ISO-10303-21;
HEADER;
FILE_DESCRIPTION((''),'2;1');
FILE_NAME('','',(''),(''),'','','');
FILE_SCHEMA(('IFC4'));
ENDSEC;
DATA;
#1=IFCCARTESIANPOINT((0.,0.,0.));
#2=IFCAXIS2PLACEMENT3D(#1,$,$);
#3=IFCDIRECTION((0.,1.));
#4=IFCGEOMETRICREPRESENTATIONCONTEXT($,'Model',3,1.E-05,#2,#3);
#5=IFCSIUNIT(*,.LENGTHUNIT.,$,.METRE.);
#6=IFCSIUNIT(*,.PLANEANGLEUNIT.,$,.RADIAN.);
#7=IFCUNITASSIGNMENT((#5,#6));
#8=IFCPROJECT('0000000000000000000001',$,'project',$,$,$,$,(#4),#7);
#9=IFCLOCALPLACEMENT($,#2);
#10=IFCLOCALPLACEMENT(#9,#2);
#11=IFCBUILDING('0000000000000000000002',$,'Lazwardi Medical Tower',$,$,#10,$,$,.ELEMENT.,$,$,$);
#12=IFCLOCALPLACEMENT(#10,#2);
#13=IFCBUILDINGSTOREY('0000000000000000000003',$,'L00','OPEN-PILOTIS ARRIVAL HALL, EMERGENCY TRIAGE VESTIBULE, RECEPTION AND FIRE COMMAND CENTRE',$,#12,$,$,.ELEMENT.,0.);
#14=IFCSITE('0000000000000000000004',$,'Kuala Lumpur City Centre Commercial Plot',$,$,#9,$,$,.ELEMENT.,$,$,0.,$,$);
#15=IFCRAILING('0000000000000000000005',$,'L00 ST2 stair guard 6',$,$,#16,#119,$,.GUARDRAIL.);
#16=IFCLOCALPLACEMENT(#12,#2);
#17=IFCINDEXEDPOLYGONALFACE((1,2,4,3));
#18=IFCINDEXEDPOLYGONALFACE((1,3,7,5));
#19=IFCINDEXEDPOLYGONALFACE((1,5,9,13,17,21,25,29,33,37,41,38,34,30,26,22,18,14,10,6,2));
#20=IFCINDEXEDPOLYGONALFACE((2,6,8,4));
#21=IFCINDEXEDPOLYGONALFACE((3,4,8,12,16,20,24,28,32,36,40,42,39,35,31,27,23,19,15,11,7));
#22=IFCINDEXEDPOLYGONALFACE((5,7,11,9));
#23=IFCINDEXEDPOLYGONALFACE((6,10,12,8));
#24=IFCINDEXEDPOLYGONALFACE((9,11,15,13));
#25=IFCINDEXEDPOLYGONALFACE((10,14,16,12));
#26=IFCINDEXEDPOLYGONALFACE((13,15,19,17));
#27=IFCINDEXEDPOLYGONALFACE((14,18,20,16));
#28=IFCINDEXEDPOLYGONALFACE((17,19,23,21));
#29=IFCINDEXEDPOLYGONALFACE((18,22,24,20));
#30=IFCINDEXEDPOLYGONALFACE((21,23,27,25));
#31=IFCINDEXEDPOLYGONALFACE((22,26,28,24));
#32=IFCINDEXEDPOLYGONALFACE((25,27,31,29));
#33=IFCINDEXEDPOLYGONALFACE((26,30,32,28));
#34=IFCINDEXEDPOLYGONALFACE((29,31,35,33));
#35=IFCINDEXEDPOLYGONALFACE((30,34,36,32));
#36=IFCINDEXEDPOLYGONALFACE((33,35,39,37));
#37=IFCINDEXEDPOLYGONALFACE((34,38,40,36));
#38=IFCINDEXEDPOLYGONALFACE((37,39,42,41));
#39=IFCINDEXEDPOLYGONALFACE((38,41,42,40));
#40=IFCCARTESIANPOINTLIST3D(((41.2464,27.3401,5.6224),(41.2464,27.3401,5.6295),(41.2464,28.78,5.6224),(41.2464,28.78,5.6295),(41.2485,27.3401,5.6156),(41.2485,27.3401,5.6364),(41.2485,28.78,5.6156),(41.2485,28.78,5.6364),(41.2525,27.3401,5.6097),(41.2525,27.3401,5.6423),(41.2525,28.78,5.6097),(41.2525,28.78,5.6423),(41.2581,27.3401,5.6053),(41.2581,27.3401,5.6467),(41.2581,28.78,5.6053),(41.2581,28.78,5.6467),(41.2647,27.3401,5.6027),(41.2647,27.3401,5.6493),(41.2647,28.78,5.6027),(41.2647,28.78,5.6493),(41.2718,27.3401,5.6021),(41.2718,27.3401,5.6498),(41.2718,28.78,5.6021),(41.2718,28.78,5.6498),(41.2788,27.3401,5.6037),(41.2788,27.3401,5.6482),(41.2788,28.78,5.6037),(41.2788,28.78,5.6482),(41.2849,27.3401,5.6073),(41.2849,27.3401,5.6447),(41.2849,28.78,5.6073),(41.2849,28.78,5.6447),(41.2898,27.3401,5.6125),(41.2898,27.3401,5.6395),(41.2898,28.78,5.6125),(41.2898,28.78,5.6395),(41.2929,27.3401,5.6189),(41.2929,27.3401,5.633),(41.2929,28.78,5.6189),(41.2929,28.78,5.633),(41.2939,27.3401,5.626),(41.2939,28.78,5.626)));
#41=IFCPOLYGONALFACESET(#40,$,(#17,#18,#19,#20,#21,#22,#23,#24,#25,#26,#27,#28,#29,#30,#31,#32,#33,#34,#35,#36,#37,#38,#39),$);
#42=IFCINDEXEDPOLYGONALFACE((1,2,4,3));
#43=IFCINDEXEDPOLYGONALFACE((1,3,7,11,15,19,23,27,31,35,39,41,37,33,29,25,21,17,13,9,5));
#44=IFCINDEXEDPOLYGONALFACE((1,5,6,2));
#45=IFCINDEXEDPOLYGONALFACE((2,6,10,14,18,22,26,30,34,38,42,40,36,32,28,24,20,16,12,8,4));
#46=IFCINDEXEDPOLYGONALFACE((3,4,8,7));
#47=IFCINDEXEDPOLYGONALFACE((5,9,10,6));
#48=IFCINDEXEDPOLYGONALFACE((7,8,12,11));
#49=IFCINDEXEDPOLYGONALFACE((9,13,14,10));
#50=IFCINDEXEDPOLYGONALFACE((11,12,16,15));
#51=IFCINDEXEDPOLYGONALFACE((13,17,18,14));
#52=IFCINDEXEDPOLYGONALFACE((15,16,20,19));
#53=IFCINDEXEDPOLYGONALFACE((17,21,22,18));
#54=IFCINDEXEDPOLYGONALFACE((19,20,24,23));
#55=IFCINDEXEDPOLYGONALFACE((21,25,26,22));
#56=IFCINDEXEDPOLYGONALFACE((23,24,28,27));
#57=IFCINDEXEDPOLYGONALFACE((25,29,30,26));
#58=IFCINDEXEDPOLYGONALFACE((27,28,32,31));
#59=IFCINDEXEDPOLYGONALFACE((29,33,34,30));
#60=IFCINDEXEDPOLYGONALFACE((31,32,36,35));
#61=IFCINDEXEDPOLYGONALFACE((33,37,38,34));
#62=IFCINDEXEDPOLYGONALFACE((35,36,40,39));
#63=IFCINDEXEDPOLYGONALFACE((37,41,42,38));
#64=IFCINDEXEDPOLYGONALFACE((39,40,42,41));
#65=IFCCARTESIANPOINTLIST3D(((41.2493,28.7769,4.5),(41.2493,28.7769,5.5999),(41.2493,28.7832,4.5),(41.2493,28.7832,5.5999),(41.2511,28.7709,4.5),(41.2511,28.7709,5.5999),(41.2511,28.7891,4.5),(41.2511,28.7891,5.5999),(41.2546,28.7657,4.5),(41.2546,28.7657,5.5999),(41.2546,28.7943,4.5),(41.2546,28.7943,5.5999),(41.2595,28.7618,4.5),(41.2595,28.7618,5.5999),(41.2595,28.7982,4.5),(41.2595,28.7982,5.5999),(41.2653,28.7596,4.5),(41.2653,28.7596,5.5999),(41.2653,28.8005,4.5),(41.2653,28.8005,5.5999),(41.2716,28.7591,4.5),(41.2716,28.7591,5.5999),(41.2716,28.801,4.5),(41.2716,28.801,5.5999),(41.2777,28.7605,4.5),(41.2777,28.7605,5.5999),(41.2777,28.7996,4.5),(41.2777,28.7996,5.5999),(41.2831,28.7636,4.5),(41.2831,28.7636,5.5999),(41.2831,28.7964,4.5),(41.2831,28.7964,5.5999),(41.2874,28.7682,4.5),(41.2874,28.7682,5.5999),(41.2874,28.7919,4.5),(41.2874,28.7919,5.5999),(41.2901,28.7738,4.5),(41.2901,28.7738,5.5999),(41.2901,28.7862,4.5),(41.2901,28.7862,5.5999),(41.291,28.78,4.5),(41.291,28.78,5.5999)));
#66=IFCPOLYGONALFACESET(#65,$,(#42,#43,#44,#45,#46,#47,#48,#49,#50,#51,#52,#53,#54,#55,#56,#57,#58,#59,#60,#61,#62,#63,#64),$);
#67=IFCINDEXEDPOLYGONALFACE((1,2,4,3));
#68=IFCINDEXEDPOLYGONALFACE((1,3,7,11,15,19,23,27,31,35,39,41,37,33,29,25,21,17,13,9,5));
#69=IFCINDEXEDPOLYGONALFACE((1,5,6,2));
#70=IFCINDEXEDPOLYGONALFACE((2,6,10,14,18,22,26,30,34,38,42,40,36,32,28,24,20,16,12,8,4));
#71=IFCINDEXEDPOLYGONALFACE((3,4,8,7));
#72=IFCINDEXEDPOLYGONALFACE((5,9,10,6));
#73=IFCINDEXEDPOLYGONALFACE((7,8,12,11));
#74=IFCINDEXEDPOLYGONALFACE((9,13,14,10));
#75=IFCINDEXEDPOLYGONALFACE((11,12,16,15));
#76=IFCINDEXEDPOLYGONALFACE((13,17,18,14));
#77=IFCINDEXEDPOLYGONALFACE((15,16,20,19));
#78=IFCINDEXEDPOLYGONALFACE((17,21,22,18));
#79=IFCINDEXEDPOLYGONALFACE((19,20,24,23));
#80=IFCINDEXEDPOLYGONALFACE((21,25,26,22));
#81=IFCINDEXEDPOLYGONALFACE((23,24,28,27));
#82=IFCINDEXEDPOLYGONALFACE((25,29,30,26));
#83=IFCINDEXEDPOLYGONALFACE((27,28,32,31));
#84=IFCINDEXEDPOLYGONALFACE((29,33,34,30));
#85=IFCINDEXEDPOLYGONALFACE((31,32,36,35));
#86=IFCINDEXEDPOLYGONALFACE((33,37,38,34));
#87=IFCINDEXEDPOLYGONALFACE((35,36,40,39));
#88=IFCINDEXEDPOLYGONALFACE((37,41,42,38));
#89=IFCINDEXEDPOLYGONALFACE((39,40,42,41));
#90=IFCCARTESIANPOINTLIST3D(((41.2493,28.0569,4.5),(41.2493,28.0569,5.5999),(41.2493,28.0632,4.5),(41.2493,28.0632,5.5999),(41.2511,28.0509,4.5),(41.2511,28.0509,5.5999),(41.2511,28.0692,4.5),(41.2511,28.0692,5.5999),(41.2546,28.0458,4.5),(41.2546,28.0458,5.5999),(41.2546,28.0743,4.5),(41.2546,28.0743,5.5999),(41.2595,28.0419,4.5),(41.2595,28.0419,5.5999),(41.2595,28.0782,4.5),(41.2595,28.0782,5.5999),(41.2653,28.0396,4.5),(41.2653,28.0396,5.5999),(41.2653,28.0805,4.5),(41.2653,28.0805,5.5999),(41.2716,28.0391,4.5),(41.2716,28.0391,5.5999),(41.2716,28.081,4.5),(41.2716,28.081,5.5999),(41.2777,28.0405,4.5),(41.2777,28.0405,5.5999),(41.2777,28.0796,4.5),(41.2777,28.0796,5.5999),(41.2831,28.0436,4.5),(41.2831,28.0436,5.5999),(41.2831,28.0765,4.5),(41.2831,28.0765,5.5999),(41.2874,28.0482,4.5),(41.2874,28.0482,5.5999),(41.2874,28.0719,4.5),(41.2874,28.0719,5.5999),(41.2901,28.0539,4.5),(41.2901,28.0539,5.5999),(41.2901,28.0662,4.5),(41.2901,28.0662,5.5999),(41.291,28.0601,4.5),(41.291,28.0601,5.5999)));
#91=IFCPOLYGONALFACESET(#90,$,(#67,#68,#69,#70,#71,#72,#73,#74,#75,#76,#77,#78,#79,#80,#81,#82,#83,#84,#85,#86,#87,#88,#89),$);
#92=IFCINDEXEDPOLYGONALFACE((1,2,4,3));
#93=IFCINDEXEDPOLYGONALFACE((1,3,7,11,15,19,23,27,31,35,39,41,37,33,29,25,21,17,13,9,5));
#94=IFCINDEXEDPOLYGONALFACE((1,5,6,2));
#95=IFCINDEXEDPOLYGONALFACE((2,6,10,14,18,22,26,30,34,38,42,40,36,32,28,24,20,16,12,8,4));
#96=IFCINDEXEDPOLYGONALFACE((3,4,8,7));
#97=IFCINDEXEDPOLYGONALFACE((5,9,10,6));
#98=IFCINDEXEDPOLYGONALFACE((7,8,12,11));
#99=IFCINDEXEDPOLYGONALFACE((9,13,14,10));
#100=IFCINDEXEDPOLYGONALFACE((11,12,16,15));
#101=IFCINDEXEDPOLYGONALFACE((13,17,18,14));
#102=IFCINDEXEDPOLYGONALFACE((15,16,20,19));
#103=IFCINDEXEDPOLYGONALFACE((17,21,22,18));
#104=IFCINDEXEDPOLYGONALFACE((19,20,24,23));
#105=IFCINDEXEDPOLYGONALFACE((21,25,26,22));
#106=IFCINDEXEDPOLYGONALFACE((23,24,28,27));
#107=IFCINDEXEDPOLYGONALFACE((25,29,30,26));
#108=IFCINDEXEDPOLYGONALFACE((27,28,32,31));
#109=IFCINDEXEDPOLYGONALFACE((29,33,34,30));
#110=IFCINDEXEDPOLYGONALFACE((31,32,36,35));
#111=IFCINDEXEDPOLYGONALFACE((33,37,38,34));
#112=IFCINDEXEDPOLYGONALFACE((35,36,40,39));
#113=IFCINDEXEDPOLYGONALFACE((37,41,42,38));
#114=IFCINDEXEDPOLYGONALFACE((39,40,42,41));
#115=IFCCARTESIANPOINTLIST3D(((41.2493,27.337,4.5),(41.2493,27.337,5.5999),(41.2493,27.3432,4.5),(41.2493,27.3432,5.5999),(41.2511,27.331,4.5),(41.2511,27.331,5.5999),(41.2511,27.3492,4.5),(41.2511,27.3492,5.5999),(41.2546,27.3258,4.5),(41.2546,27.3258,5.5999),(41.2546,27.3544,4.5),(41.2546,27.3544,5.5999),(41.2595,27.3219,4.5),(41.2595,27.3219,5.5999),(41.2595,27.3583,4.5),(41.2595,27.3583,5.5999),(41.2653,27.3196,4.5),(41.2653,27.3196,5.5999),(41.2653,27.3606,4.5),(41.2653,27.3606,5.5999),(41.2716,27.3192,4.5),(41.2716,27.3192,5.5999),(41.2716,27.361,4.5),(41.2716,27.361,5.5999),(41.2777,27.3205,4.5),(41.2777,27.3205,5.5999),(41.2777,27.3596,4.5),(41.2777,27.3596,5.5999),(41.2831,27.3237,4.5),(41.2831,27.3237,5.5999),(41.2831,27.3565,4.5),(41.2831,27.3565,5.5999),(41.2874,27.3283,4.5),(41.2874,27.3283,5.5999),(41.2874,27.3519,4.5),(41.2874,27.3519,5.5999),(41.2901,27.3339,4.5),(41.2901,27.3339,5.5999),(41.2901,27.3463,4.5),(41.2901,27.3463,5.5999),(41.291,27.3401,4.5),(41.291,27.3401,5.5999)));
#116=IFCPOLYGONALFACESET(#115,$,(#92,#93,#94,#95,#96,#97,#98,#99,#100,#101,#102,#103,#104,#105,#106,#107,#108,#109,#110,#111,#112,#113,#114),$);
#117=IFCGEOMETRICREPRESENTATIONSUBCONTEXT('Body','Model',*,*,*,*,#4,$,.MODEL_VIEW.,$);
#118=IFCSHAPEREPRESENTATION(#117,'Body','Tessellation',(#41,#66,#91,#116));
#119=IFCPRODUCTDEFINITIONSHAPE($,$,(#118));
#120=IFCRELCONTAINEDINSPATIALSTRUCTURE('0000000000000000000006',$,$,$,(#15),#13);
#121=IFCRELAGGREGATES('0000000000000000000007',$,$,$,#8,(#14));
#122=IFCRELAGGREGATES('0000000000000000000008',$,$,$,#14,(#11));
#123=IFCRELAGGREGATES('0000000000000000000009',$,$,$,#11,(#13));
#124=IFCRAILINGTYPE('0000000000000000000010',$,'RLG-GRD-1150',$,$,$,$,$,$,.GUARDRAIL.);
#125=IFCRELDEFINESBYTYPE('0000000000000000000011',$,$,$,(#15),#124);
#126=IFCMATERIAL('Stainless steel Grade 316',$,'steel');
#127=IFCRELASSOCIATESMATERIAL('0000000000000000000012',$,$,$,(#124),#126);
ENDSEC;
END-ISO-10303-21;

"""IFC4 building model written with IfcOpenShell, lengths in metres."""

from ifc_helpers import new_model, si_unit, direction, frame, origin, origin_2d, place, context, subcontext, project, spatial, circle, extrude, material, type_object, element, save


model = new_model("IFC4")

# Units and contexts
model_context = context("Model", 3, precision=1e-05, world=origin(), true_north=direction((0.0, 1.0)))
body_context = subcontext(model_context, "Body", "Model", "MODEL_VIEW")
ifc_project = project(units=[si_unit("LENGTHUNIT", "METRE"), si_unit("PLANEANGLEUNIT", "RADIAN")], contexts=[model_context])

# Site, building, storey
site_placement = place(None, origin())
site = spatial("IfcSite", under=ifc_project, at=site_placement, Name="Kuala Lumpur City Centre Commercial Plot", CompositionType="ELEMENT", RefElevation=0.0)
building_placement = place(site_placement, origin())
building = spatial("IfcBuilding", under=site, at=building_placement, Name="Lazwardi Medical Tower", CompositionType="ELEMENT")
storey_placement = place(building_placement, origin())
storey = spatial("IfcBuildingStorey", under=building, at=storey_placement, Name="L00", Description="OPEN-PILOTIS ARRIVAL HALL, EMERGENCY TRIAGE VESTIBULE, RECEPTION AND FIRE COMMAND CENTRE", CompositionType="ELEMENT", Elevation=0.0)

# Railing
ifc_material_1 = material(Name="Stainless steel Grade 316", Category="steel")
railing_type_1 = type_object("IfcRailingType", Name="RLG-GRD-1150", PredefinedType="GUARDRAIL", material=ifc_material_1)
railing_1_placement = place(storey_placement, frame((41.27, 28.78, 4.5)))
element("IfcRailing", 1, at=railing_1_placement, inside=storey, type_object=railing_type_1, Name="L00 ST2 stair guard 6", PredefinedType="GUARDRAIL", context=body_context, shape_type="SweptSolid", body=[
    extrude(circle(Radius=0.0239, at=origin_2d()), frame((0.0, 0.0, 1.126), z_axis=(0.0, -1.0, 0.0), x_axis=(1.0, 0.0, 0.0)), (0.0, 0.0, 1.0), 1.4399),
    extrude(circle(Radius=0.021, at=origin_2d()), origin(), (0.0, 0.0, 1.0), 1.0999),
    extrude(circle(Radius=0.021, at=origin_2d()), frame((0.0, -0.72, 0.0)), (0.0, 0.0, 1.0), 1.0999),
    extrude(circle(Radius=0.021, at=origin_2d()), frame((0.0, -1.4399, 0.0)), (0.0, 0.0, 1.0), 1.0999),
])

save(model, "model.ifc")
